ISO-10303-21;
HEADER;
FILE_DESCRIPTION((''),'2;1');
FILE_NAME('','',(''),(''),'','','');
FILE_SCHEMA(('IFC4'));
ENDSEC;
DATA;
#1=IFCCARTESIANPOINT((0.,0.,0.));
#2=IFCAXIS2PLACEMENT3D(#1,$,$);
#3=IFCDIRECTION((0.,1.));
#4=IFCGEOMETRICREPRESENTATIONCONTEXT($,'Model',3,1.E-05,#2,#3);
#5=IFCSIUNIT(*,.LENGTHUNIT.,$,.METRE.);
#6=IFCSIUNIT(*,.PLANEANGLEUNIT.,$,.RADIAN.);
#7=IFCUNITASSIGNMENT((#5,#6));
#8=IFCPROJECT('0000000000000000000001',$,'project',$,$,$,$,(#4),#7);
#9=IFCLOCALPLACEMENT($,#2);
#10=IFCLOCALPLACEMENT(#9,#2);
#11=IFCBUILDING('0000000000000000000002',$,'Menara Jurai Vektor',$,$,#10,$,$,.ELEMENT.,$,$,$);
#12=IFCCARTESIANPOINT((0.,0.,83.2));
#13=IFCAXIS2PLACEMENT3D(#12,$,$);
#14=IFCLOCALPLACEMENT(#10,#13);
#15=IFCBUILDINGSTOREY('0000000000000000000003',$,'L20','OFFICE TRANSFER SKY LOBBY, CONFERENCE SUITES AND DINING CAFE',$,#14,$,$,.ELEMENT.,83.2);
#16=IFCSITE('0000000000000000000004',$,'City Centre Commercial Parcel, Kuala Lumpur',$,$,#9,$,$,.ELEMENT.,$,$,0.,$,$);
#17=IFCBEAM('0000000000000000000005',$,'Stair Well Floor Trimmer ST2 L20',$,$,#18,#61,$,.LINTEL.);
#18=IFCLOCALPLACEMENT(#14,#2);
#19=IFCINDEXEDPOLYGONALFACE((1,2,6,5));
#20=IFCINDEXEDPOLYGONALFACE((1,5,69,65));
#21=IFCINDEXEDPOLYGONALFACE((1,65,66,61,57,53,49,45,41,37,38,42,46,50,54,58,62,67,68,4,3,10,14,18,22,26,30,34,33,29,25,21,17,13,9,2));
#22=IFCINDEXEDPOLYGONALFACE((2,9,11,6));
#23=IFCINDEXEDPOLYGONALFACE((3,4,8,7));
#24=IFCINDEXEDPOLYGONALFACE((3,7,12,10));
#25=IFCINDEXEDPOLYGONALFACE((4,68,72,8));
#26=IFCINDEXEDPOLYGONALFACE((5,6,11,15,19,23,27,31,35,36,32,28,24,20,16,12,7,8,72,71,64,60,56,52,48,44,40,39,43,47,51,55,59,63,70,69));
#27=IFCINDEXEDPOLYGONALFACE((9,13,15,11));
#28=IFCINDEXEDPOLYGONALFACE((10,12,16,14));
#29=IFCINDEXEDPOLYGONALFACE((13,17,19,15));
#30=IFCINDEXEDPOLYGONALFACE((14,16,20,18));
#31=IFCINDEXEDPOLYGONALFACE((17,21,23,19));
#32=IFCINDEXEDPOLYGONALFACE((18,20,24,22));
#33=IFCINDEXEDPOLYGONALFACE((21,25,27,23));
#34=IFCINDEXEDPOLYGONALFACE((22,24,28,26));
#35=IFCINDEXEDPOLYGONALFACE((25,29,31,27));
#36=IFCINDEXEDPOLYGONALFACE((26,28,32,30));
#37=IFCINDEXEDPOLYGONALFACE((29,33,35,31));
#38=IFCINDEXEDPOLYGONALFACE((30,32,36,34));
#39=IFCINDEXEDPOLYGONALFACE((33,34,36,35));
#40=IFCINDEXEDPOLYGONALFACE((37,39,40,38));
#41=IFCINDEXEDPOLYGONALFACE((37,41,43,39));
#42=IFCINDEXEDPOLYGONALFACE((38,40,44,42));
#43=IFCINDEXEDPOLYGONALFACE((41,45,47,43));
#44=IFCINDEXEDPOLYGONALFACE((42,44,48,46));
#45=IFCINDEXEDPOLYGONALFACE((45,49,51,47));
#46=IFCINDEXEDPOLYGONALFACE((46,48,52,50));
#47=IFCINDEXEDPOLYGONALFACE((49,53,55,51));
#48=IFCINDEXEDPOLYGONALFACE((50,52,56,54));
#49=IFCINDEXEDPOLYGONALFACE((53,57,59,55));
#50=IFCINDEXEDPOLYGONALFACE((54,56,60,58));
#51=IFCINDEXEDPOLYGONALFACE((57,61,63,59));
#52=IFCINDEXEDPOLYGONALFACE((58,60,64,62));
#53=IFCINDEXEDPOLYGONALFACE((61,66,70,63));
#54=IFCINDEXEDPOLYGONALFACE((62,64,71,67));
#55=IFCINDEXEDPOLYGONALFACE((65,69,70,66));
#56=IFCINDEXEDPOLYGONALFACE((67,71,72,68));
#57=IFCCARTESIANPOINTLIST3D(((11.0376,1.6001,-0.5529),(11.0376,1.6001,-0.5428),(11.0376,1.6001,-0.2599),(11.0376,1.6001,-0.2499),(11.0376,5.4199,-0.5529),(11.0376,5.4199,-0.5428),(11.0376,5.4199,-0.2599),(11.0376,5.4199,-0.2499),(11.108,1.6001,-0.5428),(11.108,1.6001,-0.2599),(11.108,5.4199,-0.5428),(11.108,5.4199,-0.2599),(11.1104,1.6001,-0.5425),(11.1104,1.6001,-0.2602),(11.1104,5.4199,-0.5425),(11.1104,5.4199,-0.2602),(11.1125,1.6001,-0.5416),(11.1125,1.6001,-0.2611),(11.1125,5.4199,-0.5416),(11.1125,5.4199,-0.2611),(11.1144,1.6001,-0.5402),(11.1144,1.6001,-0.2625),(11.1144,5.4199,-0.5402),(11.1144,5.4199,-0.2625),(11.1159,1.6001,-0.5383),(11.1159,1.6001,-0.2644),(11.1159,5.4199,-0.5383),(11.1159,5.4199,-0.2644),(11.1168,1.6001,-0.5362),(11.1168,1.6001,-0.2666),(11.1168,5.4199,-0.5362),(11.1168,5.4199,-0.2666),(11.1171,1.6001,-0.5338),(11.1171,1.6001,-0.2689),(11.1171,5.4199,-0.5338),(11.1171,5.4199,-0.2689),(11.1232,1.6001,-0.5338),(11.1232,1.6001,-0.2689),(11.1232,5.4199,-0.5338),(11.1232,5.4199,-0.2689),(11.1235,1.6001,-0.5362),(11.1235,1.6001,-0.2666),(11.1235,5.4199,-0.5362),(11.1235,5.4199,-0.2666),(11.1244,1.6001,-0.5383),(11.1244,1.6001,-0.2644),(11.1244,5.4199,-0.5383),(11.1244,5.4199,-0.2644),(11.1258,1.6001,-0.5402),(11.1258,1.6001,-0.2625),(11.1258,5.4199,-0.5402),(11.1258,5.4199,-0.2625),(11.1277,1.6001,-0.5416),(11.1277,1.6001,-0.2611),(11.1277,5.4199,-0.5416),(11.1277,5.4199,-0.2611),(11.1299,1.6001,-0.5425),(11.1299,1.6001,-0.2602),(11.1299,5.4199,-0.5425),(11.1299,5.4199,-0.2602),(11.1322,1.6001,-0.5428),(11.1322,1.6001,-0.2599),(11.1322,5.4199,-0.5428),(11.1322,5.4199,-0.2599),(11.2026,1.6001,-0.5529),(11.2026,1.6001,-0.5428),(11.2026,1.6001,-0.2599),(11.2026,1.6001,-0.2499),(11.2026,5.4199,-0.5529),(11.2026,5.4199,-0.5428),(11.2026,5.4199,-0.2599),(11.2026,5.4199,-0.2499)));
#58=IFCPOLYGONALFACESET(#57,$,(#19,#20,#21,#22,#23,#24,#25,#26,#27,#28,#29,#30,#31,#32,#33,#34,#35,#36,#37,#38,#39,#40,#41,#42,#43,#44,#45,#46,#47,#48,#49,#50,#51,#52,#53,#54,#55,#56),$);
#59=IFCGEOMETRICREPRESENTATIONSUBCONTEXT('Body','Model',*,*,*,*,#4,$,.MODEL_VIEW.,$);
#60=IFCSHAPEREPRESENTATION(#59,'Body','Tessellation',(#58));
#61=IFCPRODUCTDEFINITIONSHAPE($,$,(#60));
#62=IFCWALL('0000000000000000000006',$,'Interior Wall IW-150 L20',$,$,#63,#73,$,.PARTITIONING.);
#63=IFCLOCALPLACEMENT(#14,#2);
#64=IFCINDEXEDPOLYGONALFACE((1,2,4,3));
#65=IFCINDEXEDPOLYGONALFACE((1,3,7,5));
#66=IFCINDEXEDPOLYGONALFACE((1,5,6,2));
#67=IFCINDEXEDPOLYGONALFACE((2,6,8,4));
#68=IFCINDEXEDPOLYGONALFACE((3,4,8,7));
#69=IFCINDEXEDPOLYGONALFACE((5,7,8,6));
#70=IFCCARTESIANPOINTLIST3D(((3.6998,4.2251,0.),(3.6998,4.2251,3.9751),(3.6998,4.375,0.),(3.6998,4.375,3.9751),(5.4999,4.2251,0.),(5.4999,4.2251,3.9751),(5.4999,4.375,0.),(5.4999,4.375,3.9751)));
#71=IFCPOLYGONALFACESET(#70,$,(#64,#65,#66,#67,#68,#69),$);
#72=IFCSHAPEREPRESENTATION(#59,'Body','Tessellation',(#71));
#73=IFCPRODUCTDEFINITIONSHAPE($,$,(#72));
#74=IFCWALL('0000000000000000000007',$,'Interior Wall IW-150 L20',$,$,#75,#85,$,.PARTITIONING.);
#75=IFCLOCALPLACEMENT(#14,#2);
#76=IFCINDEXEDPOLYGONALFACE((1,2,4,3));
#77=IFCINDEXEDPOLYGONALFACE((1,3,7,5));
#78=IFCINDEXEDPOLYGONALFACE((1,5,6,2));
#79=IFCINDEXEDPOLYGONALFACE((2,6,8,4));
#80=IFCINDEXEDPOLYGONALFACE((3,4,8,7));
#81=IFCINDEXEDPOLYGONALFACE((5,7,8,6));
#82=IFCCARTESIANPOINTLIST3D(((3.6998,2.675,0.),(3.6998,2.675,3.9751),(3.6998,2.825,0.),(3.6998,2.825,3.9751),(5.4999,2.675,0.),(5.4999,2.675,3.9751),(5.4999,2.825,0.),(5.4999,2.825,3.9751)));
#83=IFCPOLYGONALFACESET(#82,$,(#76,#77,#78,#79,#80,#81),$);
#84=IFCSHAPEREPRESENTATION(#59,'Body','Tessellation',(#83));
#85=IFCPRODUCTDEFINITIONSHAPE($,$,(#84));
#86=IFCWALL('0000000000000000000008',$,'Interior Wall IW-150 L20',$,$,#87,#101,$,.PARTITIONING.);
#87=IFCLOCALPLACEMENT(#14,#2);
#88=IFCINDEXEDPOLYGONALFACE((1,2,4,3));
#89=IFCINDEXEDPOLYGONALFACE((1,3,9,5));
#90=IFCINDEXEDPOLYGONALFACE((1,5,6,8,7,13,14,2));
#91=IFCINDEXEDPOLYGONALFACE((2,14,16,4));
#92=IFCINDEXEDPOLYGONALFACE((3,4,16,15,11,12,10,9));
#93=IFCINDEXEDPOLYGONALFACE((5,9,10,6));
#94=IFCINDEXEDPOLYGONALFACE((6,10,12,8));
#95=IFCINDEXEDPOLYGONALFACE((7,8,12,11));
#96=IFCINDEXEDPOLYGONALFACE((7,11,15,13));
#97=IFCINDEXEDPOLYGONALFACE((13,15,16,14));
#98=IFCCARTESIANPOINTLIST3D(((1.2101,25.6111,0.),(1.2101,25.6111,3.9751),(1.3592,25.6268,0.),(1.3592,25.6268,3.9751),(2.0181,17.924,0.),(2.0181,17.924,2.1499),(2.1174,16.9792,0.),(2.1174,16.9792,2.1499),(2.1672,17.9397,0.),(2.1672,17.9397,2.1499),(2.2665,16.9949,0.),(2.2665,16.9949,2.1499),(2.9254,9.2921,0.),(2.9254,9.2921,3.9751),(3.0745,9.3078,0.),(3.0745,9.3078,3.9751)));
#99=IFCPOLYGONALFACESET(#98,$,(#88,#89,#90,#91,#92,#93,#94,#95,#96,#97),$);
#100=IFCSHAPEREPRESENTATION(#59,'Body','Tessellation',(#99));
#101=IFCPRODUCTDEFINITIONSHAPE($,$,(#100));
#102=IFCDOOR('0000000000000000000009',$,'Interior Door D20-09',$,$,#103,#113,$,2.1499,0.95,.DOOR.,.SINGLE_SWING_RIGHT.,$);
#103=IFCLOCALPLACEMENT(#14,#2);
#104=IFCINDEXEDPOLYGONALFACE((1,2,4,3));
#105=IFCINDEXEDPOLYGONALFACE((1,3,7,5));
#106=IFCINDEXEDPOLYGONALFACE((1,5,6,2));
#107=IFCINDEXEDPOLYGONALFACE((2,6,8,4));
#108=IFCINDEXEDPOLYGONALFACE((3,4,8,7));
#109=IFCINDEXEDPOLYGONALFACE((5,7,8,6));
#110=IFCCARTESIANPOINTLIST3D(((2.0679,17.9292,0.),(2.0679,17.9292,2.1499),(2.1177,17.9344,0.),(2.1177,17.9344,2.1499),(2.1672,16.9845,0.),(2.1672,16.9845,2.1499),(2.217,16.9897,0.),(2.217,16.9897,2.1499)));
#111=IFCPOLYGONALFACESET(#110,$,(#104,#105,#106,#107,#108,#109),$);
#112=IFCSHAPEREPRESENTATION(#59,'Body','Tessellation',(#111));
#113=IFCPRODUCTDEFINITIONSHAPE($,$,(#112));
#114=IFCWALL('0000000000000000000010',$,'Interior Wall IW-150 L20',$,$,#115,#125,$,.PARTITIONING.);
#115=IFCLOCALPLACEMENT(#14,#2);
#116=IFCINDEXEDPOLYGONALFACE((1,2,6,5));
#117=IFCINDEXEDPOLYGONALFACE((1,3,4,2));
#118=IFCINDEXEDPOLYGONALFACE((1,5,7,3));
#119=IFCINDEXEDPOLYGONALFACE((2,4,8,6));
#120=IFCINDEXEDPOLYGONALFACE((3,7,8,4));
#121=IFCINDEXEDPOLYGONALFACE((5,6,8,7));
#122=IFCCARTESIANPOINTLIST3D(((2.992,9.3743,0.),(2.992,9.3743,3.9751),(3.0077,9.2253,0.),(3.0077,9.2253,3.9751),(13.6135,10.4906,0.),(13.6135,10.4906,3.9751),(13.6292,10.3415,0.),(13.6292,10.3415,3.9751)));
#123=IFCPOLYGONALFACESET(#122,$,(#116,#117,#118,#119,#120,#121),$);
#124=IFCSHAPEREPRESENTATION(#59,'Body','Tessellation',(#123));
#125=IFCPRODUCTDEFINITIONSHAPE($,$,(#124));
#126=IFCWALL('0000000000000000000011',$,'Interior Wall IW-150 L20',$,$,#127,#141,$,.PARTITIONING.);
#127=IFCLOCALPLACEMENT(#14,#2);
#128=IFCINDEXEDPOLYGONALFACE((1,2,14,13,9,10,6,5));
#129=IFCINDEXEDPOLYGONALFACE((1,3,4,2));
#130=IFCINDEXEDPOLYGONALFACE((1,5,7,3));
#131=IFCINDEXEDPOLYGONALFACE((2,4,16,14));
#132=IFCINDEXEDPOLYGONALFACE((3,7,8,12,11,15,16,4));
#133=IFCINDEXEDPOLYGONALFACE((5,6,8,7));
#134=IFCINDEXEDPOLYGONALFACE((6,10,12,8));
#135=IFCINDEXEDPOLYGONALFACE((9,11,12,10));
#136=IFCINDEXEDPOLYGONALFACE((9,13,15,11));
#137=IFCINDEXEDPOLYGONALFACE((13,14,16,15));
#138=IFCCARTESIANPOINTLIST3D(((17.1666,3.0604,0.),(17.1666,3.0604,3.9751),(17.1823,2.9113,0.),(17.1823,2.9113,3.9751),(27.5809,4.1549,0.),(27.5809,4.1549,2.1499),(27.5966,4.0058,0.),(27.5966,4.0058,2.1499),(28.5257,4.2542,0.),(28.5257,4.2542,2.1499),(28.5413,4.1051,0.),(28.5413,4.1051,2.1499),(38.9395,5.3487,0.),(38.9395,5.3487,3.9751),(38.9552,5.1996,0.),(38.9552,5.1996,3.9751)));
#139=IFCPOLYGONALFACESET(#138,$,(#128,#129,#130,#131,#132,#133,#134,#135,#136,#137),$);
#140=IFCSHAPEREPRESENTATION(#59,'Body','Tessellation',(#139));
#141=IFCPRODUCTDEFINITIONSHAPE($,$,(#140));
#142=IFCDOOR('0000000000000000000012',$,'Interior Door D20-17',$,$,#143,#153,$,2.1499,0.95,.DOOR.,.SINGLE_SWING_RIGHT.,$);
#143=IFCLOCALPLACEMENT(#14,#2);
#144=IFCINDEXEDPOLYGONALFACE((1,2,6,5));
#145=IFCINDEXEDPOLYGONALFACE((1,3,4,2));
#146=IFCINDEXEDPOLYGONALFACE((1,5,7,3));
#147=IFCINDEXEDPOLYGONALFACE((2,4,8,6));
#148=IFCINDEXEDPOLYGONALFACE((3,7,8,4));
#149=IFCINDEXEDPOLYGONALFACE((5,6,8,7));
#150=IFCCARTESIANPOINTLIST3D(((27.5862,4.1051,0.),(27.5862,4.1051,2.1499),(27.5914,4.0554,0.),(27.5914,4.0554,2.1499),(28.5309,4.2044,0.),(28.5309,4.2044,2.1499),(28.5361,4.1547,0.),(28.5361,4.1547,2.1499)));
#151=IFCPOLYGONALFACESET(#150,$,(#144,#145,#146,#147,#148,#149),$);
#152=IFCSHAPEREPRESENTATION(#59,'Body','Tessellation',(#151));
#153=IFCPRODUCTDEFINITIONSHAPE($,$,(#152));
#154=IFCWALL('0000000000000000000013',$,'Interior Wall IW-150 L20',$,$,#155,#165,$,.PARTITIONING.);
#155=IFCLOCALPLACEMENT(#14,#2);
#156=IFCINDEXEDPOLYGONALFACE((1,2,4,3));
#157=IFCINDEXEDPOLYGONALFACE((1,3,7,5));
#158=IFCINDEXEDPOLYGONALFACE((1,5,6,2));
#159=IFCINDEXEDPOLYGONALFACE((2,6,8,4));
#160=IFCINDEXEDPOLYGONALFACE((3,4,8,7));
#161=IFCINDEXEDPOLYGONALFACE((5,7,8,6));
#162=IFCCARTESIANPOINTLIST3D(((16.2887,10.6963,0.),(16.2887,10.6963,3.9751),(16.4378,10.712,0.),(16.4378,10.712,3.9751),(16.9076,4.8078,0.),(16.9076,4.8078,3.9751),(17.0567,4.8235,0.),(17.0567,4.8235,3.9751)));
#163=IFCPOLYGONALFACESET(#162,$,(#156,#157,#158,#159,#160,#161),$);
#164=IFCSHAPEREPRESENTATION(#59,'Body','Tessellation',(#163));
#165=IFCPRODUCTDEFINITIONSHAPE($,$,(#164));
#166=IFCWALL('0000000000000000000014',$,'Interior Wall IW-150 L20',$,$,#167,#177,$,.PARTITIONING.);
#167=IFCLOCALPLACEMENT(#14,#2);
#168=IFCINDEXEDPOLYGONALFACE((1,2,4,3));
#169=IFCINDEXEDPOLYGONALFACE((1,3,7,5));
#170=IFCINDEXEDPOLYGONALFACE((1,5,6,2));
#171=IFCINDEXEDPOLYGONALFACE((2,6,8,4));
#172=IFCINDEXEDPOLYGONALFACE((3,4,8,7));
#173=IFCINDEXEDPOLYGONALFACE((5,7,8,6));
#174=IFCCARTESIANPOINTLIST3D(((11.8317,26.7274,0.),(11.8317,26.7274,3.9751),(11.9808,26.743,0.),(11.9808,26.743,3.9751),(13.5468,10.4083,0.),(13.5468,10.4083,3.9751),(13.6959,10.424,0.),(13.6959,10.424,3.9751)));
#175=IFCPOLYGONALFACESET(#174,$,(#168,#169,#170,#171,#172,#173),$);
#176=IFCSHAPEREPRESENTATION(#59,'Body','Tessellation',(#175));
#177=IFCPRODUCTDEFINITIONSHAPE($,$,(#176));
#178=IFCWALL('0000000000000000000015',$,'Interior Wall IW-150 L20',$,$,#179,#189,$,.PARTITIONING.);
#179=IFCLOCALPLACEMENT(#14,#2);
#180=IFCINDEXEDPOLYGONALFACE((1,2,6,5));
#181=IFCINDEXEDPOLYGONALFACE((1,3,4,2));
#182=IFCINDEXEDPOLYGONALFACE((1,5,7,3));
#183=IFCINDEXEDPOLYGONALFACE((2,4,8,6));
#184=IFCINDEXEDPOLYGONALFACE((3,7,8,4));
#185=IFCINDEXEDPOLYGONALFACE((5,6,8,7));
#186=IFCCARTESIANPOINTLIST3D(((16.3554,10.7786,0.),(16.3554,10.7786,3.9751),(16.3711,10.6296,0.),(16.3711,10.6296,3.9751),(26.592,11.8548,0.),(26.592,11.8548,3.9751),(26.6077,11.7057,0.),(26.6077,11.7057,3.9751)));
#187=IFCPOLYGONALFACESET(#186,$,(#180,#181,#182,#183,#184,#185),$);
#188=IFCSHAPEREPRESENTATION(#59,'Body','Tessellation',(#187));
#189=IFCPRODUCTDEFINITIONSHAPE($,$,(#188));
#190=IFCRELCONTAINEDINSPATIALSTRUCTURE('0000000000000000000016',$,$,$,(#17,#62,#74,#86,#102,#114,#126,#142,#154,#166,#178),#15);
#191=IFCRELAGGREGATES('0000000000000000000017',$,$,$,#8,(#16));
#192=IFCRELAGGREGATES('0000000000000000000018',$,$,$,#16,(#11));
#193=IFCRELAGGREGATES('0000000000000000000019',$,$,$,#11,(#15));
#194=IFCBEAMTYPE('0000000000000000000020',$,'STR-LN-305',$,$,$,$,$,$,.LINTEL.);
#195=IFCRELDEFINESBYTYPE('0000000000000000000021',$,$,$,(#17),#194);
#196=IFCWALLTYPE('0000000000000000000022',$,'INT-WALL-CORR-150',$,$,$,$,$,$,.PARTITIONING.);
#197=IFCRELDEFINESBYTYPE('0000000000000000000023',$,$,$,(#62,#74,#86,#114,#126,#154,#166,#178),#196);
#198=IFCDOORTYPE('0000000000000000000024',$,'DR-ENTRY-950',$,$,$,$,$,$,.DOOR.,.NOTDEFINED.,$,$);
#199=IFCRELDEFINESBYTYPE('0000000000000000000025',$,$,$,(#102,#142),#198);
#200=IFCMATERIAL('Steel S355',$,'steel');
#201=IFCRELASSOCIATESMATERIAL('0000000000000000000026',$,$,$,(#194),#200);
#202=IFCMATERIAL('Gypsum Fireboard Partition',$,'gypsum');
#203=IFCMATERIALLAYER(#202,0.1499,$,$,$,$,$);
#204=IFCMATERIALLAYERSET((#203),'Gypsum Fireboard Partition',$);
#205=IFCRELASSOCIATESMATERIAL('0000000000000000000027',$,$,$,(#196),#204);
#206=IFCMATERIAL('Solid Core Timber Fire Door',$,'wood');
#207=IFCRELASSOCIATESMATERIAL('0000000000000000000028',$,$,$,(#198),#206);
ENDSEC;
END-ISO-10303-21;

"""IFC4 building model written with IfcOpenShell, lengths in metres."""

from ifc_helpers import new_model, si_unit, direction, frame, frame_2d, origin, origin_2d, place, context, subcontext, project, spatial, rectangle, i_section, extrude, material, layer, layer_set, material_profile, profile_set, type_object, element, fill, save


model = new_model("IFC4")

# Units and contexts
model_context = context("Model", 3, precision=1e-05, world=origin(), true_north=direction((0.0, 1.0)))
body_context = subcontext(model_context, "Body", "Model", "MODEL_VIEW")
ifc_project = project(units=[si_unit("LENGTHUNIT", "METRE"), si_unit("PLANEANGLEUNIT", "RADIAN")], contexts=[model_context])

# Site, building, storey
site_placement = place(None, origin())
site = spatial("IfcSite", under=ifc_project, at=site_placement, Name="City Centre Commercial Parcel, Kuala Lumpur", CompositionType="ELEMENT", RefElevation=0.0)
building_placement = place(site_placement, origin())
building = spatial("IfcBuilding", under=site, at=building_placement, Name="Menara Jurai Vektor", CompositionType="ELEMENT")
storey_placement = place(building_placement, frame((0.0, 0.0, 83.2)))
storey = spatial("IfcBuildingStorey", under=building, at=storey_placement, Name="L20", Description="OFFICE TRANSFER SKY LOBBY, CONFERENCE SUITES AND DINING CAFE", CompositionType="ELEMENT", Elevation=83.2)

# Shared definitions
ifc_material_1 = material(Name="Steel S355", Category="steel")

# Beam
ifc_material_profile_1 = material_profile(ifc_material_1, i_section(OverallWidth=0.165, OverallDepth=0.303, WebThickness=0.0061, FlangeThickness=0.01, FilletRadius=0.009, at=origin_2d()), Name="UKB 305x165x40")
ifc_profile_set_1 = profile_set([ifc_material_profile_1], Name="Steel S355")
beam_type_1 = type_object("IfcBeamType", Name="STR-LN-305", PredefinedType="LINTEL", material=ifc_profile_set_1)
beam_1_placement = place(storey_placement, frame((11.1201, 1.6001, -0.4014), z_axis=(0.0, 1.0, 0.0), x_axis=(-1.0, 0.0, 0.0)))
element("IfcBeam", 1, at=beam_1_placement, inside=storey, type_object=beam_type_1, Name="Stair Well Floor Trimmer ST2 L20", PredefinedType="LINTEL", context=body_context, shape_type="SweptSolid", body=[
    extrude(i_section(OverallWidth=0.165, OverallDepth=0.303, WebThickness=0.0061, FlangeThickness=0.01, FilletRadius=0.009, at=origin_2d()), origin(), (0.0, 0.0, 1.0), 3.8198),
])

# Walls
ifc_material_2 = material(Name="Gypsum Fireboard Partition", Category="gypsum")
ifc_layer_1 = layer(ifc_material_2, 0.1499)
ifc_layer_set_1 = layer_set([ifc_layer_1], Name="Gypsum Fireboard Partition")
wall_type_1 = type_object("IfcWallType", Name="INT-WALL-CORR-150", PredefinedType="PARTITIONING", material=ifc_layer_set_1)
for number, where, z_axis, x_axis, name in (
    (2, (3.7, 4.3, 0.0), (0.0, 0.0, 1.0), (1.0, 0.0, 0.0), "Interior Wall IW-150 L20"),
    (3, (3.7, 2.75, 0.0), (0.0, 0.0, 1.0), (1.0, 0.0, 0.0), "Interior Wall IW-150 L20"),
):
    element("IfcWall", number, at=place(storey_placement, frame(where, z_axis=z_axis, x_axis=x_axis)), inside=storey, type_object=wall_type_1, Name=name, PredefinedType="PARTITIONING", context=body_context, shape_type="SweptSolid", body=[
        extrude(rectangle(XDim=1.8, YDim=0.1499, at=frame_2d((0.8999, 0.0))), origin(), (0.0, 0.0, 1.0), 3.9751),
    ])

# Wall, opening, door
wall_1_placement = place(storey_placement, frame((3.0, 9.2998, 0.0), z_axis=(0.0, 0.0, 1.0), x_axis=(-0.104536, 0.994521, 0.0)))
wall_1 = element("IfcWall", 4, at=wall_1_placement, inside=storey, type_object=wall_type_1, Name="Interior Wall IW-150 L20", PredefinedType="PARTITIONING", context=body_context, shape_type="SweptSolid", body=[
    extrude(rectangle(XDim=16.4089, YDim=0.1499, at=frame_2d((8.2046, 0.0))), origin(), (0.0, 0.0, 1.0), 3.9751),
])
opening_1_placement = place(wall_1_placement, frame((7.7295, 0.0, 0.0)))
opening_1 = element("IfcOpeningElement", 5, at=opening_1_placement, cuts=wall_1, PredefinedType="OPENING", context=body_context, shape_type="SweptSolid", body=[
    extrude(rectangle(XDim=0.95, YDim=2.1499, at=frame_2d((0.4751, 1.075))), frame((0.0, 0.085, 0.0), z_axis=(0.0, -1.0, 0.0), x_axis=(1.0, 0.0, 0.0)), (0.0, 0.0, 1.0), 0.1699),
])
ifc_material_3 = material(Name="Solid Core Timber Fire Door", Category="wood")
door_type = type_object("IfcDoorType", Name="DR-ENTRY-950", OperationType="NOTDEFINED", PredefinedType="DOOR", material=ifc_material_3)
door_1_placement = place(opening_1_placement, origin())
door_1 = element("IfcDoor", 6, at=door_1_placement, inside=storey, type_object=door_type, Name="Interior Door D20-09", OperationType="SINGLE_SWING_RIGHT", OverallHeight=2.1499, OverallWidth=0.95, PredefinedType="DOOR", context=body_context, shape_type="SweptSolid", body=[
    extrude(rectangle(XDim=0.95, YDim=2.1499, at=frame_2d((0.4751, 1.075))), frame((0.0, 0.0249, 0.0), z_axis=(0.0, -1.0, 0.0), x_axis=(1.0, 0.0, 0.0)), (0.0, 0.0, 1.0), 0.05),
])
fill(opening_1, door_1)

# Wall
wall_2_placement = place(storey_placement, frame((3.0, 9.2998, 0.0), z_axis=(0.0, 0.0, 1.0), x_axis=(0.994523, 0.104516, 0.0)))
element("IfcWall", 7, at=wall_2_placement, inside=storey, type_object=wall_type_1, Name="Interior Wall IW-150 L20", PredefinedType="PARTITIONING", context=body_context, shape_type="SweptSolid", body=[
    extrude(rectangle(XDim=10.6799, YDim=0.1499, at=frame_2d((5.3398, 0.0))), origin(), (0.0, 0.0, 1.0), 3.9751),
])

# Wall, opening, door
wall_3_placement = place(storey_placement, frame((17.1746, 2.9858, 0.0), z_axis=(0.0, 0.0, 1.0), x_axis=(0.994522, 0.104524, 0.0)))
wall_3 = element("IfcWall", 8, at=wall_3_placement, inside=storey, type_object=wall_type_1, Name="Interior Wall IW-150 L20", PredefinedType="PARTITIONING", context=body_context, shape_type="SweptSolid", body=[
    extrude(rectangle(XDim=21.8928, YDim=0.1499, at=frame_2d((10.9463, 0.0))), origin(), (0.0, 0.0, 1.0), 3.9751),
])
opening_2_placement = place(wall_3_placement, frame((10.4714, 0.0, 0.0)))
opening_2 = element("IfcOpeningElement", 9, at=opening_2_placement, cuts=wall_3, PredefinedType="OPENING", context=body_context, shape_type="SweptSolid", body=[
    extrude(rectangle(XDim=0.95, YDim=2.1499, at=frame_2d((0.4751, 1.075))), frame((0.0, 0.085, 0.0), z_axis=(0.0, -1.0, 0.0), x_axis=(1.0, 0.0, 0.0)), (0.0, 0.0, 1.0), 0.1699),
])
door_2_placement = place(opening_2_placement, origin())
door_2 = element("IfcDoor", 10, at=door_2_placement, inside=storey, type_object=door_type, Name="Interior Door D20-17", OperationType="SINGLE_SWING_RIGHT", OverallHeight=2.1499, OverallWidth=0.95, PredefinedType="DOOR", context=body_context, shape_type="SweptSolid", body=[
    extrude(rectangle(XDim=0.95, YDim=2.1499, at=frame_2d((0.4751, 1.075))), frame((0.0, 0.0249, 0.0), z_axis=(0.0, -1.0, 0.0), x_axis=(1.0, 0.0, 0.0)), (0.0, 0.0, 1.0), 0.05),
])
fill(opening_2, door_2)

# Walls
wall_4_placement = place(storey_placement, frame((16.9822, 4.8157, 0.0), z_axis=(0.0, 0.0, 1.0), x_axis=(-0.104528, 0.994522, 0.0)))
element("IfcWall", 11, at=wall_4_placement, inside=storey, type_object=wall_type_1, Name="Interior Wall IW-150 L20", PredefinedType="PARTITIONING", context=body_context, shape_type="SweptSolid", body=[
    extrude(rectangle(XDim=5.9209, YDim=0.1499, at=frame_2d((2.9604, 0.0))), origin(), (0.0, 0.0, 1.0), 3.9751),
])
wall_5_placement = place(storey_placement, frame((13.6213, 10.416, 0.0), z_axis=(0.0, 0.0, 1.0), x_axis=(-0.104521, 0.994523, 0.0)))
element("IfcWall", 12, at=wall_5_placement, inside=storey, type_object=wall_type_1, Name="Interior Wall IW-150 L20", PredefinedType="PARTITIONING", context=body_context, shape_type="SweptSolid", body=[
    extrude(rectangle(XDim=16.4089, YDim=0.1499, at=frame_2d((8.2046, 0.0))), origin(), (0.0, 0.0, 1.0), 3.9751),
])
wall_6_placement = place(storey_placement, frame((16.3633, 10.7041, 0.0), z_axis=(0.0, 0.0, 1.0), x_axis=(0.994519, 0.104554, 0.0)))
element("IfcWall", 13, at=wall_6_placement, inside=storey, type_object=wall_type_1, Name="Interior Wall IW-150 L20", PredefinedType="PARTITIONING", context=body_context, shape_type="SweptSolid", body=[
    extrude(rectangle(XDim=10.293, YDim=0.1499, at=frame_2d((5.1465, 0.0))), origin(), (0.0, 0.0, 1.0), 3.9751),
])

save(model, "model.ifc")
